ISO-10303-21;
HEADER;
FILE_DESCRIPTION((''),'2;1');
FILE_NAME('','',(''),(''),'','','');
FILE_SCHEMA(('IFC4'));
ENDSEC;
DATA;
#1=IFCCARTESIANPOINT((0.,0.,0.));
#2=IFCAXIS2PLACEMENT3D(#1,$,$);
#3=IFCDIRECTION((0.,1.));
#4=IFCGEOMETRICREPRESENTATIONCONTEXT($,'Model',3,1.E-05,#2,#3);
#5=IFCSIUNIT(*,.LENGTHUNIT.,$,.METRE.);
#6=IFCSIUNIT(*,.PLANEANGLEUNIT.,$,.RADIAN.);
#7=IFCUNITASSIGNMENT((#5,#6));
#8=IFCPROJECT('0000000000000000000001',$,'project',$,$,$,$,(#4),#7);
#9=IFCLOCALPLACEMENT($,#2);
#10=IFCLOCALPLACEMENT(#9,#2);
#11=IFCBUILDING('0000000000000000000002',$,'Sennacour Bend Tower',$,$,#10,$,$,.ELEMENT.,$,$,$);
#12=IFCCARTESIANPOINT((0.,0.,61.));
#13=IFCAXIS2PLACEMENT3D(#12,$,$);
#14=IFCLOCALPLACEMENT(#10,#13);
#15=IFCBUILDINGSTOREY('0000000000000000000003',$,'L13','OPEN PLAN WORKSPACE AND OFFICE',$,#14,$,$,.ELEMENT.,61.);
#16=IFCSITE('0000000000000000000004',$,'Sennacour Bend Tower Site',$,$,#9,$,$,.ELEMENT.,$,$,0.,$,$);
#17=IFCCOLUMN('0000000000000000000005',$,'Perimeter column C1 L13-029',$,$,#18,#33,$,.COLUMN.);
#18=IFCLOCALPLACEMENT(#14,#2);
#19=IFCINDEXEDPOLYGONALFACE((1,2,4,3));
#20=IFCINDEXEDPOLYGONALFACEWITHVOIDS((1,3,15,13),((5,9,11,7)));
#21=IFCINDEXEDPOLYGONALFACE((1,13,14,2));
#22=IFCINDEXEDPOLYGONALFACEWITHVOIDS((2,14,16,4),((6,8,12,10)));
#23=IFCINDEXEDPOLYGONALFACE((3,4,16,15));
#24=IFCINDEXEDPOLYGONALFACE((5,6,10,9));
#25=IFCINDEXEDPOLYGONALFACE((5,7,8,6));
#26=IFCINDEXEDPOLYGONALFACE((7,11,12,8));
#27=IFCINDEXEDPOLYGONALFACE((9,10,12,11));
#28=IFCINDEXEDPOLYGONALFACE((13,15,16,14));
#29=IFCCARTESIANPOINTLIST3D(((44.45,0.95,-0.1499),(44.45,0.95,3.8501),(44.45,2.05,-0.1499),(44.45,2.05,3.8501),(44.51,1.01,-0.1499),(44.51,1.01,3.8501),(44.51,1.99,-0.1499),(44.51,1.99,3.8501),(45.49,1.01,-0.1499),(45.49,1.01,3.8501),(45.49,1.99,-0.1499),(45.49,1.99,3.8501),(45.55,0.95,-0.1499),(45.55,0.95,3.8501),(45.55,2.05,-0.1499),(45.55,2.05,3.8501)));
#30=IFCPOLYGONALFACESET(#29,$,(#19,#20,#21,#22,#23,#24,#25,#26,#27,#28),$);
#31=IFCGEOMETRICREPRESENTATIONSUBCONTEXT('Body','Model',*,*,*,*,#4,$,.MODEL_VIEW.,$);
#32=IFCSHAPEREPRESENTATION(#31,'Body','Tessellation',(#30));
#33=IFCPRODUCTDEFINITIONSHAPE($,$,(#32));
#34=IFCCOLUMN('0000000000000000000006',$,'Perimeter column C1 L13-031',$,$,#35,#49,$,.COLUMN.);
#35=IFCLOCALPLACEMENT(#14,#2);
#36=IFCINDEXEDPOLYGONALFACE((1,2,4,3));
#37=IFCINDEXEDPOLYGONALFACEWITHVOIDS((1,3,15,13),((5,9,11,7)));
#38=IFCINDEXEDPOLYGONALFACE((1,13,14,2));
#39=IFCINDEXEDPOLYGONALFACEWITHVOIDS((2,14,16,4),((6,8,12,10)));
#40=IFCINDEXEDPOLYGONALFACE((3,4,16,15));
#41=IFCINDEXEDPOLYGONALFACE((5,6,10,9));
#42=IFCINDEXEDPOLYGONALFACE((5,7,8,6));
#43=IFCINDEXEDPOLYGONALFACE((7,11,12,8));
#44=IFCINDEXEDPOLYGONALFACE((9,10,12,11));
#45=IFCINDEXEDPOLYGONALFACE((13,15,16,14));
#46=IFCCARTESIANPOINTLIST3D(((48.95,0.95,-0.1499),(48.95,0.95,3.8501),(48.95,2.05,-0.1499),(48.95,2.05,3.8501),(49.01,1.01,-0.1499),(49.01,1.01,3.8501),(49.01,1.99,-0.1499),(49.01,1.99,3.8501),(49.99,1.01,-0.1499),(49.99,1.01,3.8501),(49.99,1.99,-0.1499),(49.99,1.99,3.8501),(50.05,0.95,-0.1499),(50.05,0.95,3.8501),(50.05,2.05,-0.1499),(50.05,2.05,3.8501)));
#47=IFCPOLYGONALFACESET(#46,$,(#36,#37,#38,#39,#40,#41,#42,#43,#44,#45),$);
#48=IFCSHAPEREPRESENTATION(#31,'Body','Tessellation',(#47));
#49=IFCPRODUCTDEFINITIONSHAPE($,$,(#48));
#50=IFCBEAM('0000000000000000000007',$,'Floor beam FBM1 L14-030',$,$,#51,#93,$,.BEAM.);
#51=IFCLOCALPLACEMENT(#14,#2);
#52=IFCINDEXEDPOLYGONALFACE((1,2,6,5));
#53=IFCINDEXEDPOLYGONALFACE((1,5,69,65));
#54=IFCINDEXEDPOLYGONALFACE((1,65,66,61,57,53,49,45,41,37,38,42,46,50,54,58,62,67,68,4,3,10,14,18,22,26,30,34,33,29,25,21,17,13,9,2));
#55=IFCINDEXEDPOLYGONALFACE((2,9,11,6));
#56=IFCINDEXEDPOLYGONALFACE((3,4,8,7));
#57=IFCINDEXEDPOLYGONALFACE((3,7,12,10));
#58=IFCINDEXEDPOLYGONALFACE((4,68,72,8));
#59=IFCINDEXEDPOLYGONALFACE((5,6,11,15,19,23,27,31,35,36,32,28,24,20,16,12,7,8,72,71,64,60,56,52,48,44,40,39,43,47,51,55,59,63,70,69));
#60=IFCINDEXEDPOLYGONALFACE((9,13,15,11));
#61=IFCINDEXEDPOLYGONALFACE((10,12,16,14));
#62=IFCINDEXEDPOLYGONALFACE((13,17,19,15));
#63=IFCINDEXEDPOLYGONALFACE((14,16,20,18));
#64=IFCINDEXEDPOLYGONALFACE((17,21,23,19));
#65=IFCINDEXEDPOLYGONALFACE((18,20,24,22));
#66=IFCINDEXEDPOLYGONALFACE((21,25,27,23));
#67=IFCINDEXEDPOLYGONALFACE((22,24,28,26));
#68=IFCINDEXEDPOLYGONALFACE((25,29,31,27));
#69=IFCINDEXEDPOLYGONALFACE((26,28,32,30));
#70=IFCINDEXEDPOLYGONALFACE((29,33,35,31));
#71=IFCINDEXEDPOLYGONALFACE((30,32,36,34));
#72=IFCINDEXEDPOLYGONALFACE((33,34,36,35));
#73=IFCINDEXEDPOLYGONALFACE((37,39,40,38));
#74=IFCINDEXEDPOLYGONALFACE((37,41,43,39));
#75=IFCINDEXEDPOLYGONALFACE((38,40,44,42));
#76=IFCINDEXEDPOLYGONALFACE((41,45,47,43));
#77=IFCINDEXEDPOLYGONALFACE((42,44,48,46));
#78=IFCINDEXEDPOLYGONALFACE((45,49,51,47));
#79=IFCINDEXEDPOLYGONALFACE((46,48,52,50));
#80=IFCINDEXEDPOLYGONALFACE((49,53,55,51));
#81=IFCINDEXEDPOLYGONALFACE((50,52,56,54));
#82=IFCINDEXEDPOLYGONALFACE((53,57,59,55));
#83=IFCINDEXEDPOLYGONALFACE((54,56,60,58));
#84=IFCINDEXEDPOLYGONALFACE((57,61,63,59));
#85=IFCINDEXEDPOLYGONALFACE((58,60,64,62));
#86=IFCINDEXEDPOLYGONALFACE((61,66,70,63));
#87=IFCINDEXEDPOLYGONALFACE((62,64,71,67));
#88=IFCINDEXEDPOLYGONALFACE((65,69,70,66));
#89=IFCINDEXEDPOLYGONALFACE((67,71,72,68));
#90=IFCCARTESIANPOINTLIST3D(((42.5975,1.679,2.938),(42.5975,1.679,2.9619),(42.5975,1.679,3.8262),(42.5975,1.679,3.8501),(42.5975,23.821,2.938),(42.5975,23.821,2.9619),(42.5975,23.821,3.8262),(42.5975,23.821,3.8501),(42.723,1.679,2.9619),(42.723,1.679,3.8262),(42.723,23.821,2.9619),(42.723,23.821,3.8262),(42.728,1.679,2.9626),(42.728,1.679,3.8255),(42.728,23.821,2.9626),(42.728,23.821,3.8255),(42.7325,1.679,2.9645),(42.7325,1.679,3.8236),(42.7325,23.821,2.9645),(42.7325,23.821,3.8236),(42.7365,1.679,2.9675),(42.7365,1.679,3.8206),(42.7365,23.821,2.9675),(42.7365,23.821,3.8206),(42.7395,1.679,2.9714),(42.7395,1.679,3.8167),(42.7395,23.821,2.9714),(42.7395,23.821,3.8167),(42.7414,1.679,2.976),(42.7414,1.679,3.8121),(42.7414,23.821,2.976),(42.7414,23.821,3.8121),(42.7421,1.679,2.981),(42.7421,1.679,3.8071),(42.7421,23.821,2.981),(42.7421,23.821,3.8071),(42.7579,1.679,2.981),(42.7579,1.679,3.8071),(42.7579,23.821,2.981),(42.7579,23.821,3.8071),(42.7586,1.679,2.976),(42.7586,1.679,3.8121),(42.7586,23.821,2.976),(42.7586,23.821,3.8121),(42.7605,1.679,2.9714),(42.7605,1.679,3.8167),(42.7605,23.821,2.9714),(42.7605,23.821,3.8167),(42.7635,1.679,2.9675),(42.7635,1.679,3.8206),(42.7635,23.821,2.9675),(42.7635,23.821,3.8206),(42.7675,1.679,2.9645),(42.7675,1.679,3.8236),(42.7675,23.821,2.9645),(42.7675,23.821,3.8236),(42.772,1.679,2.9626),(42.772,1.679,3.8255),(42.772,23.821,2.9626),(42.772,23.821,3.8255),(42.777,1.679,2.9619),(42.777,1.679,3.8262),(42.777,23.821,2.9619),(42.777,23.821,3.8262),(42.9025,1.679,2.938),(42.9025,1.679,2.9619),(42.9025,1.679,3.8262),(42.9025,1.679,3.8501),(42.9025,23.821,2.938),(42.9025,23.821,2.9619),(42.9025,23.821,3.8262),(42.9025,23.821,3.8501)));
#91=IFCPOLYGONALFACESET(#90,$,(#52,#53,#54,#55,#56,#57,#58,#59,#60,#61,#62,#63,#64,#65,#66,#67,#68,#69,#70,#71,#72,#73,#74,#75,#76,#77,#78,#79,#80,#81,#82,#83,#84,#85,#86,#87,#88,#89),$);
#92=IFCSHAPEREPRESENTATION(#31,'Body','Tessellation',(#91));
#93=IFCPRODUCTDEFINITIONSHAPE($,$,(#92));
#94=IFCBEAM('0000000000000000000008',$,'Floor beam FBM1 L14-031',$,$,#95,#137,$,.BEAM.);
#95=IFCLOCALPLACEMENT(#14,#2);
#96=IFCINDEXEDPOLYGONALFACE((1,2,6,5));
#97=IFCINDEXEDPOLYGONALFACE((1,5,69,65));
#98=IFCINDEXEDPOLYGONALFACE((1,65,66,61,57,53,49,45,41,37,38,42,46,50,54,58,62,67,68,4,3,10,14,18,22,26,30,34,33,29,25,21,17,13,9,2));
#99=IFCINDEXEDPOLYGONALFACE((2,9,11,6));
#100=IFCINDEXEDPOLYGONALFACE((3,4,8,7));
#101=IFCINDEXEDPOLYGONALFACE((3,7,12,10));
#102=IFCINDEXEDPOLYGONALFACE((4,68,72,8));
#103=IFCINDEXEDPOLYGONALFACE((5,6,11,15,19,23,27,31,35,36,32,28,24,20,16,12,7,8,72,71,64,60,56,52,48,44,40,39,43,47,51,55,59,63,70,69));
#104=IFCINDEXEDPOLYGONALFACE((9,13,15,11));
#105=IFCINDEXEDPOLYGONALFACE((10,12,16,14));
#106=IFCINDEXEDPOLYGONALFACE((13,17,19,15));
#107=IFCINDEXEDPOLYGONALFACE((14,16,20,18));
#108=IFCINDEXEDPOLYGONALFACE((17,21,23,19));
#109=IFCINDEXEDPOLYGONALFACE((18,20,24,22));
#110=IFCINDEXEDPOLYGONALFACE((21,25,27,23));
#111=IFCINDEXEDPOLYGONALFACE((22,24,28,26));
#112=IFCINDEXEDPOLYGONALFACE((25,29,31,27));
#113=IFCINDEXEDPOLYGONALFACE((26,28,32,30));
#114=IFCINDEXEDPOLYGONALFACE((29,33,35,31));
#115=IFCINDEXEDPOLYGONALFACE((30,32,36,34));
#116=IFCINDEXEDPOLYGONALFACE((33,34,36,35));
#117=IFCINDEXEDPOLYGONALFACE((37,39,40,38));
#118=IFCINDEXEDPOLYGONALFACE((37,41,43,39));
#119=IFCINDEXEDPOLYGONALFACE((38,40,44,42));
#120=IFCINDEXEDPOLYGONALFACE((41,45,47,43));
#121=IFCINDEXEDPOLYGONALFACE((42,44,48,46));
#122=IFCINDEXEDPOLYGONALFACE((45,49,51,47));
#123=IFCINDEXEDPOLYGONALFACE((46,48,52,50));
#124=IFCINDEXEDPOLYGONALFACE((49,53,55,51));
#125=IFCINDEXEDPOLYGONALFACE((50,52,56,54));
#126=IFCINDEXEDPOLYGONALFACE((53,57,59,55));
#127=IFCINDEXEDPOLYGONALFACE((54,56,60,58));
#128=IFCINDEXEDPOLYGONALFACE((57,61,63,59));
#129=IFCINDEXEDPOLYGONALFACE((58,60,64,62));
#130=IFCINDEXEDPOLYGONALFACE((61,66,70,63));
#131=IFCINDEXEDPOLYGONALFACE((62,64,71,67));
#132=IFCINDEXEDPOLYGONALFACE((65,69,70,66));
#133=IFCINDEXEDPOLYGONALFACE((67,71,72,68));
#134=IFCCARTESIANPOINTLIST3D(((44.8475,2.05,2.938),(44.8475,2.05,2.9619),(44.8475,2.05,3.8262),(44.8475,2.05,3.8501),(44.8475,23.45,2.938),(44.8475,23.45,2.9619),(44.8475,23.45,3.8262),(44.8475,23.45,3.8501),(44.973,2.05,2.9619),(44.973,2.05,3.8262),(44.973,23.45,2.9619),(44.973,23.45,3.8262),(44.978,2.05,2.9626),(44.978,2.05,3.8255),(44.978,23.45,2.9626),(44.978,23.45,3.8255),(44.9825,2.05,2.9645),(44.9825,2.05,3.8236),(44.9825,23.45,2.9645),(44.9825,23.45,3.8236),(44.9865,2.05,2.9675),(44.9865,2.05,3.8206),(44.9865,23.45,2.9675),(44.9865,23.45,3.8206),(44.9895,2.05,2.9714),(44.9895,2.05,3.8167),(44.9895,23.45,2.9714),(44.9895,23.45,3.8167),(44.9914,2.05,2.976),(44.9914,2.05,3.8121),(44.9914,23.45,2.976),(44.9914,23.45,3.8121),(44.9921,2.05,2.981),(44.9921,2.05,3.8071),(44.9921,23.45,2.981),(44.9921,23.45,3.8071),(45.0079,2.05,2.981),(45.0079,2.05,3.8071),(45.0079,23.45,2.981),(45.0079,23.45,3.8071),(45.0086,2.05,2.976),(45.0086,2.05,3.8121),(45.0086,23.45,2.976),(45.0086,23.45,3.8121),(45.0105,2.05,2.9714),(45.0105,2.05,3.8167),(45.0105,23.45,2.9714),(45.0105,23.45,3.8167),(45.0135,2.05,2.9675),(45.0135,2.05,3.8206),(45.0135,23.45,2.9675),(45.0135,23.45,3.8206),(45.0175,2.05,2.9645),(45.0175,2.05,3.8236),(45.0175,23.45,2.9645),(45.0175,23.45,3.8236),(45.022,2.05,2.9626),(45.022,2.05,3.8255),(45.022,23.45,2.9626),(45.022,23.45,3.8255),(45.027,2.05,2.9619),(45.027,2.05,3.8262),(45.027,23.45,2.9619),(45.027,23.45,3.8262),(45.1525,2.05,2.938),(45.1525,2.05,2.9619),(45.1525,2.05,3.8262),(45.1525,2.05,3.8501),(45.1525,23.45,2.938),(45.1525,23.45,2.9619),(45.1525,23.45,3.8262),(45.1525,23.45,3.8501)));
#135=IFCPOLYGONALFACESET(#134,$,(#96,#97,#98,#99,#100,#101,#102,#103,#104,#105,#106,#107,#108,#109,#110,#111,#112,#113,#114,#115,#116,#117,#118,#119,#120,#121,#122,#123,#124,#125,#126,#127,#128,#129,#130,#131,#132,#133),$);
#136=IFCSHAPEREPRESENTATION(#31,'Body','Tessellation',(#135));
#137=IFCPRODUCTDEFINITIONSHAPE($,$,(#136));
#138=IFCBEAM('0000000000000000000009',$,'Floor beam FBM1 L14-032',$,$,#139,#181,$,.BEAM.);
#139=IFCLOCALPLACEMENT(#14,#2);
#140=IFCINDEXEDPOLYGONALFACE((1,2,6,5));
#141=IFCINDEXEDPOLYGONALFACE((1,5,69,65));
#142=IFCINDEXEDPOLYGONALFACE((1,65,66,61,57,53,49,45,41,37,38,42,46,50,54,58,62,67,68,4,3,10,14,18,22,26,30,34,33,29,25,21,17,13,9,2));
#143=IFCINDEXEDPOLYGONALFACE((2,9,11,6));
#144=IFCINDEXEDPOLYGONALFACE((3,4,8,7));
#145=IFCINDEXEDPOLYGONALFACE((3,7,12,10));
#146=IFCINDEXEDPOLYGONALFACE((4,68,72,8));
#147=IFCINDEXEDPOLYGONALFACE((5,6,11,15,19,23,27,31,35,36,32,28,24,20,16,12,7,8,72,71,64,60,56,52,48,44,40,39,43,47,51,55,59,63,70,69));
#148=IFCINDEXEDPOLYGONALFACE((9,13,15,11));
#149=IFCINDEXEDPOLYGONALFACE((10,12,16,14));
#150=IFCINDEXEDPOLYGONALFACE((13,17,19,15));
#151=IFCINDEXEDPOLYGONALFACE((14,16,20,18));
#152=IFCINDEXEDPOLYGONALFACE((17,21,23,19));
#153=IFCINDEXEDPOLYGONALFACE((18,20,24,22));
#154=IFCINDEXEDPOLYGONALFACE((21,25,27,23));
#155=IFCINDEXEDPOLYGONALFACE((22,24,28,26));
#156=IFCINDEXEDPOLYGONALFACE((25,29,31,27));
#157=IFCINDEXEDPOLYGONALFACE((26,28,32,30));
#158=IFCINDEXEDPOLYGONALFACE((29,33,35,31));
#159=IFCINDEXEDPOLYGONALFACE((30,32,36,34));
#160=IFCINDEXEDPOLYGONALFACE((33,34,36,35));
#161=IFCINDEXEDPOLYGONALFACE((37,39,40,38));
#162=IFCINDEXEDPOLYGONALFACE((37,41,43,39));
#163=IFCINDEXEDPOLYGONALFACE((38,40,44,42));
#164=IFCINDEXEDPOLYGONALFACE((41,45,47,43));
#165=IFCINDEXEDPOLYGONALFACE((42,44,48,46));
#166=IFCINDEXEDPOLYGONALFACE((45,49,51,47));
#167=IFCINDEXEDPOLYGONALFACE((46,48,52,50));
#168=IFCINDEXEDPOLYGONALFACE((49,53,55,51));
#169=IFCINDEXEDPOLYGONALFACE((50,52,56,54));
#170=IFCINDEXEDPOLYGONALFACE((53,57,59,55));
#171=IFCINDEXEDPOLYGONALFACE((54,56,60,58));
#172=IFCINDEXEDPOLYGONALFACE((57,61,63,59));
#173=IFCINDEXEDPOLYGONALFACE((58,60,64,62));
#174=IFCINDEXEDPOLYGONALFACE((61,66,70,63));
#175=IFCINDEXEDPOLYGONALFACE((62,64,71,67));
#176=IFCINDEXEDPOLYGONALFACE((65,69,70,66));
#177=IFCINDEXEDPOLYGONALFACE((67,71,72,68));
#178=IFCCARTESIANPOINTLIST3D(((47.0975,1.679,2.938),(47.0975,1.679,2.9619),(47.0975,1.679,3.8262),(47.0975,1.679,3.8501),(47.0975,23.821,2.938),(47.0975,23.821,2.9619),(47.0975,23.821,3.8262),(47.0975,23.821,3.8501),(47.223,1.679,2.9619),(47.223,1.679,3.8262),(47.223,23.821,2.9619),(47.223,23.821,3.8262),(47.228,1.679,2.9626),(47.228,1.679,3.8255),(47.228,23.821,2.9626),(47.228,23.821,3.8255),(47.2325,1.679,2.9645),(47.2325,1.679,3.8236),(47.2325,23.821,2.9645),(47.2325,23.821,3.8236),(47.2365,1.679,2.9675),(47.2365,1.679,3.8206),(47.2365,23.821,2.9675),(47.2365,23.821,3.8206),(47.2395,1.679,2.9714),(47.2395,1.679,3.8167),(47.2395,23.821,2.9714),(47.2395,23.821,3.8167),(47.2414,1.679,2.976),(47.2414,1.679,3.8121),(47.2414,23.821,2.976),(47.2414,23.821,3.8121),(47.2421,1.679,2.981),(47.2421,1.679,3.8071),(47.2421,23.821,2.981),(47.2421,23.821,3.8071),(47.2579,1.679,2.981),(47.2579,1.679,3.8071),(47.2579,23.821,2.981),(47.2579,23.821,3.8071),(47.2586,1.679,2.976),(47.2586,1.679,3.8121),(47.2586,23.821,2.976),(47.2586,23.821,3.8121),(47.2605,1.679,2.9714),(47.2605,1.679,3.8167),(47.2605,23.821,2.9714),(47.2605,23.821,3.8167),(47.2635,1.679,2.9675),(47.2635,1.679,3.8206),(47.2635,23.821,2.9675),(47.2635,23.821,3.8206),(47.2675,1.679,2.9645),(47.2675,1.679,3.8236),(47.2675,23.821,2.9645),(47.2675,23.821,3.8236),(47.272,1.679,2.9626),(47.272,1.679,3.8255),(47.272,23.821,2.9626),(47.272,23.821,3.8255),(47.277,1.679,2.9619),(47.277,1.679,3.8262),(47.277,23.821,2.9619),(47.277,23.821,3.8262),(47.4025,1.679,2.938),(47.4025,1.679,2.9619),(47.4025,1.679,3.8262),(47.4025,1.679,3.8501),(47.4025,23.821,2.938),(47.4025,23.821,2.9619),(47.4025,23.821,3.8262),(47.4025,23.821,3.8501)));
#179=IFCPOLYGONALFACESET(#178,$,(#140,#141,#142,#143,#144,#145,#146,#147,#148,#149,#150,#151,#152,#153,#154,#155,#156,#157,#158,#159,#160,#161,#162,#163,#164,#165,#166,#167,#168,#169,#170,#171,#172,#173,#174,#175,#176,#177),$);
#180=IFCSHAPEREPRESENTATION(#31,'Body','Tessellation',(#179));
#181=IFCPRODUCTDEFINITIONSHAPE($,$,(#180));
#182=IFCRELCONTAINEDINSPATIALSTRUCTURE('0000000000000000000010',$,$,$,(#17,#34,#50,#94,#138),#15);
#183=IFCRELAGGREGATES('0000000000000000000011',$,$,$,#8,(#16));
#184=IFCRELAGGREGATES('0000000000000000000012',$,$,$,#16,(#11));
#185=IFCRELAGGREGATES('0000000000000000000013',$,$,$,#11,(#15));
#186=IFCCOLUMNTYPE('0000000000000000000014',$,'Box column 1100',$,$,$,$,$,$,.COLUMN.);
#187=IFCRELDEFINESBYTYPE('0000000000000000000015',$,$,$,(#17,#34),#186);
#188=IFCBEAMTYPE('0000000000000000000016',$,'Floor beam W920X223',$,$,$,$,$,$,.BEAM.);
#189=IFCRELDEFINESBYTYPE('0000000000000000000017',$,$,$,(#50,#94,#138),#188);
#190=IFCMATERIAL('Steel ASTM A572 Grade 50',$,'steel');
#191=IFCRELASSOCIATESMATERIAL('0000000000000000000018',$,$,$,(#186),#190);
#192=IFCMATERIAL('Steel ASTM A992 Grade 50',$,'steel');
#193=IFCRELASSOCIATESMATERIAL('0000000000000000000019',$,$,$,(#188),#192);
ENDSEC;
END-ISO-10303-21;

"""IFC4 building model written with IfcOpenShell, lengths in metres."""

from ifc_helpers import new_model, si_unit, direction, frame, origin, origin_2d, place, context, subcontext, project, spatial, hollow_rectangle, i_section, extrude, material, material_profile, profile_set, type_object, element, save


model = new_model("IFC4")

# Units and contexts
model_context = context("Model", 3, precision=1e-05, world=origin(), true_north=direction((0.0, 1.0)))
body_context = subcontext(model_context, "Body", "Model", "MODEL_VIEW")
ifc_project = project(units=[si_unit("LENGTHUNIT", "METRE"), si_unit("PLANEANGLEUNIT", "RADIAN")], contexts=[model_context])

# Site, building, storey
site_placement = place(None, origin())
site = spatial("IfcSite", under=ifc_project, at=site_placement, Name="Sennacour Bend Tower Site", CompositionType="ELEMENT", RefElevation=0.0)
building_placement = place(site_placement, origin())
building = spatial("IfcBuilding", under=site, at=building_placement, Name="Sennacour Bend Tower", CompositionType="ELEMENT")
storey_placement = place(building_placement, frame((0.0, 0.0, 61.0)))
storey = spatial("IfcBuildingStorey", under=building, at=storey_placement, Name="L13", Description="OPEN PLAN WORKSPACE AND OFFICE", CompositionType="ELEMENT", Elevation=61.0)

# Columns
ifc_material_1 = material(Name="Steel ASTM A572 Grade 50", Category="steel")
ifc_material_profile_1 = material_profile(ifc_material_1, hollow_rectangle(XDim=1.1001, YDim=1.1001, WallThickness=0.0601, at=origin_2d()), Name="Steel ASTM A572 Grade 50", Category="steel")
ifc_profile_set_1 = profile_set([ifc_material_profile_1], Name="Steel ASTM A572 Grade 50")
column_type = type_object("IfcColumnType", Name="Box column 1100", PredefinedType="COLUMN", material=ifc_profile_set_1)
for number, where, z_axis, x_axis, name in (
    (1, (45.0, 1.5, -0.1499), (0.0, 0.0, 1.0), (1.0, 0.0, 0.0), "Perimeter column C1 L13-029"),
    (2, (49.5, 1.5, -0.1499), (0.0, 0.0, 1.0), (1.0, 0.0, 0.0), "Perimeter column C1 L13-031"),
):
    element("IfcColumn", number, at=place(storey_placement, frame(where, z_axis=z_axis, x_axis=x_axis)), inside=storey, type_object=column_type, Name=name, PredefinedType="COLUMN", context=body_context, shape_type="SweptSolid", body=[
        extrude(hollow_rectangle(XDim=1.1001, YDim=1.1001, WallThickness=0.0601, at=origin_2d()), origin(), (0.0, 0.0, 1.0), 4.0),
    ])

# Beams
ifc_material_2 = material(Name="Steel ASTM A992 Grade 50", Category="steel")
ifc_material_profile_2 = material_profile(ifc_material_2, i_section(OverallWidth=0.3049, OverallDepth=0.9121, WebThickness=0.0159, FlangeThickness=0.0239, FilletRadius=0.019, at=origin_2d()), Name="Steel ASTM A992 Grade 50", Category="steel")
ifc_profile_set_2 = profile_set([ifc_material_profile_2], Name="Steel ASTM A992 Grade 50")
beam_type_1 = type_object("IfcBeamType", Name="Floor beam W920X223", PredefinedType="BEAM", material=ifc_profile_set_2)
beam_1_placement = place(storey_placement, frame((42.75, 1.679, 3.394), z_axis=(0.0, 1.0, 0.0), x_axis=(-1.0, 0.0, 0.0)))
element("IfcBeam", 3, at=beam_1_placement, inside=storey, type_object=beam_type_1, Name="Floor beam FBM1 L14-030", PredefinedType="BEAM", context=body_context, shape_type="SweptSolid", body=[
    extrude(i_section(OverallWidth=0.3049, OverallDepth=0.9121, WebThickness=0.0159, FlangeThickness=0.0239, FilletRadius=0.019, at=origin_2d()), origin(), (0.0, 0.0, 1.0), 22.1421),
])
beam_2_placement = place(storey_placement, frame((45.0, 2.05, 3.394), z_axis=(0.0, 1.0, 0.0), x_axis=(-1.0, 0.0, 0.0)))
element("IfcBeam", 4, at=beam_2_placement, inside=storey, type_object=beam_type_1, Name="Floor beam FBM1 L14-031", PredefinedType="BEAM", context=body_context, shape_type="SweptSolid", body=[
    extrude(i_section(OverallWidth=0.3049, OverallDepth=0.9121, WebThickness=0.0159, FlangeThickness=0.0239, FilletRadius=0.019, at=origin_2d()), origin(), (0.0, 0.0, 1.0), 21.3999),
])
beam_3_placement = place(storey_placement, frame((47.25, 1.679, 3.394), z_axis=(0.0, 1.0, 0.0), x_axis=(-1.0, 0.0, 0.0)))
element("IfcBeam", 5, at=beam_3_placement, inside=storey, type_object=beam_type_1, Name="Floor beam FBM1 L14-032", PredefinedType="BEAM", context=body_context, shape_type="SweptSolid", body=[
    extrude(i_section(OverallWidth=0.3049, OverallDepth=0.9121, WebThickness=0.0159, FlangeThickness=0.0239, FilletRadius=0.019, at=origin_2d()), origin(), (0.0, 0.0, 1.0), 22.1421),
])

save(model, "model.ifc")
